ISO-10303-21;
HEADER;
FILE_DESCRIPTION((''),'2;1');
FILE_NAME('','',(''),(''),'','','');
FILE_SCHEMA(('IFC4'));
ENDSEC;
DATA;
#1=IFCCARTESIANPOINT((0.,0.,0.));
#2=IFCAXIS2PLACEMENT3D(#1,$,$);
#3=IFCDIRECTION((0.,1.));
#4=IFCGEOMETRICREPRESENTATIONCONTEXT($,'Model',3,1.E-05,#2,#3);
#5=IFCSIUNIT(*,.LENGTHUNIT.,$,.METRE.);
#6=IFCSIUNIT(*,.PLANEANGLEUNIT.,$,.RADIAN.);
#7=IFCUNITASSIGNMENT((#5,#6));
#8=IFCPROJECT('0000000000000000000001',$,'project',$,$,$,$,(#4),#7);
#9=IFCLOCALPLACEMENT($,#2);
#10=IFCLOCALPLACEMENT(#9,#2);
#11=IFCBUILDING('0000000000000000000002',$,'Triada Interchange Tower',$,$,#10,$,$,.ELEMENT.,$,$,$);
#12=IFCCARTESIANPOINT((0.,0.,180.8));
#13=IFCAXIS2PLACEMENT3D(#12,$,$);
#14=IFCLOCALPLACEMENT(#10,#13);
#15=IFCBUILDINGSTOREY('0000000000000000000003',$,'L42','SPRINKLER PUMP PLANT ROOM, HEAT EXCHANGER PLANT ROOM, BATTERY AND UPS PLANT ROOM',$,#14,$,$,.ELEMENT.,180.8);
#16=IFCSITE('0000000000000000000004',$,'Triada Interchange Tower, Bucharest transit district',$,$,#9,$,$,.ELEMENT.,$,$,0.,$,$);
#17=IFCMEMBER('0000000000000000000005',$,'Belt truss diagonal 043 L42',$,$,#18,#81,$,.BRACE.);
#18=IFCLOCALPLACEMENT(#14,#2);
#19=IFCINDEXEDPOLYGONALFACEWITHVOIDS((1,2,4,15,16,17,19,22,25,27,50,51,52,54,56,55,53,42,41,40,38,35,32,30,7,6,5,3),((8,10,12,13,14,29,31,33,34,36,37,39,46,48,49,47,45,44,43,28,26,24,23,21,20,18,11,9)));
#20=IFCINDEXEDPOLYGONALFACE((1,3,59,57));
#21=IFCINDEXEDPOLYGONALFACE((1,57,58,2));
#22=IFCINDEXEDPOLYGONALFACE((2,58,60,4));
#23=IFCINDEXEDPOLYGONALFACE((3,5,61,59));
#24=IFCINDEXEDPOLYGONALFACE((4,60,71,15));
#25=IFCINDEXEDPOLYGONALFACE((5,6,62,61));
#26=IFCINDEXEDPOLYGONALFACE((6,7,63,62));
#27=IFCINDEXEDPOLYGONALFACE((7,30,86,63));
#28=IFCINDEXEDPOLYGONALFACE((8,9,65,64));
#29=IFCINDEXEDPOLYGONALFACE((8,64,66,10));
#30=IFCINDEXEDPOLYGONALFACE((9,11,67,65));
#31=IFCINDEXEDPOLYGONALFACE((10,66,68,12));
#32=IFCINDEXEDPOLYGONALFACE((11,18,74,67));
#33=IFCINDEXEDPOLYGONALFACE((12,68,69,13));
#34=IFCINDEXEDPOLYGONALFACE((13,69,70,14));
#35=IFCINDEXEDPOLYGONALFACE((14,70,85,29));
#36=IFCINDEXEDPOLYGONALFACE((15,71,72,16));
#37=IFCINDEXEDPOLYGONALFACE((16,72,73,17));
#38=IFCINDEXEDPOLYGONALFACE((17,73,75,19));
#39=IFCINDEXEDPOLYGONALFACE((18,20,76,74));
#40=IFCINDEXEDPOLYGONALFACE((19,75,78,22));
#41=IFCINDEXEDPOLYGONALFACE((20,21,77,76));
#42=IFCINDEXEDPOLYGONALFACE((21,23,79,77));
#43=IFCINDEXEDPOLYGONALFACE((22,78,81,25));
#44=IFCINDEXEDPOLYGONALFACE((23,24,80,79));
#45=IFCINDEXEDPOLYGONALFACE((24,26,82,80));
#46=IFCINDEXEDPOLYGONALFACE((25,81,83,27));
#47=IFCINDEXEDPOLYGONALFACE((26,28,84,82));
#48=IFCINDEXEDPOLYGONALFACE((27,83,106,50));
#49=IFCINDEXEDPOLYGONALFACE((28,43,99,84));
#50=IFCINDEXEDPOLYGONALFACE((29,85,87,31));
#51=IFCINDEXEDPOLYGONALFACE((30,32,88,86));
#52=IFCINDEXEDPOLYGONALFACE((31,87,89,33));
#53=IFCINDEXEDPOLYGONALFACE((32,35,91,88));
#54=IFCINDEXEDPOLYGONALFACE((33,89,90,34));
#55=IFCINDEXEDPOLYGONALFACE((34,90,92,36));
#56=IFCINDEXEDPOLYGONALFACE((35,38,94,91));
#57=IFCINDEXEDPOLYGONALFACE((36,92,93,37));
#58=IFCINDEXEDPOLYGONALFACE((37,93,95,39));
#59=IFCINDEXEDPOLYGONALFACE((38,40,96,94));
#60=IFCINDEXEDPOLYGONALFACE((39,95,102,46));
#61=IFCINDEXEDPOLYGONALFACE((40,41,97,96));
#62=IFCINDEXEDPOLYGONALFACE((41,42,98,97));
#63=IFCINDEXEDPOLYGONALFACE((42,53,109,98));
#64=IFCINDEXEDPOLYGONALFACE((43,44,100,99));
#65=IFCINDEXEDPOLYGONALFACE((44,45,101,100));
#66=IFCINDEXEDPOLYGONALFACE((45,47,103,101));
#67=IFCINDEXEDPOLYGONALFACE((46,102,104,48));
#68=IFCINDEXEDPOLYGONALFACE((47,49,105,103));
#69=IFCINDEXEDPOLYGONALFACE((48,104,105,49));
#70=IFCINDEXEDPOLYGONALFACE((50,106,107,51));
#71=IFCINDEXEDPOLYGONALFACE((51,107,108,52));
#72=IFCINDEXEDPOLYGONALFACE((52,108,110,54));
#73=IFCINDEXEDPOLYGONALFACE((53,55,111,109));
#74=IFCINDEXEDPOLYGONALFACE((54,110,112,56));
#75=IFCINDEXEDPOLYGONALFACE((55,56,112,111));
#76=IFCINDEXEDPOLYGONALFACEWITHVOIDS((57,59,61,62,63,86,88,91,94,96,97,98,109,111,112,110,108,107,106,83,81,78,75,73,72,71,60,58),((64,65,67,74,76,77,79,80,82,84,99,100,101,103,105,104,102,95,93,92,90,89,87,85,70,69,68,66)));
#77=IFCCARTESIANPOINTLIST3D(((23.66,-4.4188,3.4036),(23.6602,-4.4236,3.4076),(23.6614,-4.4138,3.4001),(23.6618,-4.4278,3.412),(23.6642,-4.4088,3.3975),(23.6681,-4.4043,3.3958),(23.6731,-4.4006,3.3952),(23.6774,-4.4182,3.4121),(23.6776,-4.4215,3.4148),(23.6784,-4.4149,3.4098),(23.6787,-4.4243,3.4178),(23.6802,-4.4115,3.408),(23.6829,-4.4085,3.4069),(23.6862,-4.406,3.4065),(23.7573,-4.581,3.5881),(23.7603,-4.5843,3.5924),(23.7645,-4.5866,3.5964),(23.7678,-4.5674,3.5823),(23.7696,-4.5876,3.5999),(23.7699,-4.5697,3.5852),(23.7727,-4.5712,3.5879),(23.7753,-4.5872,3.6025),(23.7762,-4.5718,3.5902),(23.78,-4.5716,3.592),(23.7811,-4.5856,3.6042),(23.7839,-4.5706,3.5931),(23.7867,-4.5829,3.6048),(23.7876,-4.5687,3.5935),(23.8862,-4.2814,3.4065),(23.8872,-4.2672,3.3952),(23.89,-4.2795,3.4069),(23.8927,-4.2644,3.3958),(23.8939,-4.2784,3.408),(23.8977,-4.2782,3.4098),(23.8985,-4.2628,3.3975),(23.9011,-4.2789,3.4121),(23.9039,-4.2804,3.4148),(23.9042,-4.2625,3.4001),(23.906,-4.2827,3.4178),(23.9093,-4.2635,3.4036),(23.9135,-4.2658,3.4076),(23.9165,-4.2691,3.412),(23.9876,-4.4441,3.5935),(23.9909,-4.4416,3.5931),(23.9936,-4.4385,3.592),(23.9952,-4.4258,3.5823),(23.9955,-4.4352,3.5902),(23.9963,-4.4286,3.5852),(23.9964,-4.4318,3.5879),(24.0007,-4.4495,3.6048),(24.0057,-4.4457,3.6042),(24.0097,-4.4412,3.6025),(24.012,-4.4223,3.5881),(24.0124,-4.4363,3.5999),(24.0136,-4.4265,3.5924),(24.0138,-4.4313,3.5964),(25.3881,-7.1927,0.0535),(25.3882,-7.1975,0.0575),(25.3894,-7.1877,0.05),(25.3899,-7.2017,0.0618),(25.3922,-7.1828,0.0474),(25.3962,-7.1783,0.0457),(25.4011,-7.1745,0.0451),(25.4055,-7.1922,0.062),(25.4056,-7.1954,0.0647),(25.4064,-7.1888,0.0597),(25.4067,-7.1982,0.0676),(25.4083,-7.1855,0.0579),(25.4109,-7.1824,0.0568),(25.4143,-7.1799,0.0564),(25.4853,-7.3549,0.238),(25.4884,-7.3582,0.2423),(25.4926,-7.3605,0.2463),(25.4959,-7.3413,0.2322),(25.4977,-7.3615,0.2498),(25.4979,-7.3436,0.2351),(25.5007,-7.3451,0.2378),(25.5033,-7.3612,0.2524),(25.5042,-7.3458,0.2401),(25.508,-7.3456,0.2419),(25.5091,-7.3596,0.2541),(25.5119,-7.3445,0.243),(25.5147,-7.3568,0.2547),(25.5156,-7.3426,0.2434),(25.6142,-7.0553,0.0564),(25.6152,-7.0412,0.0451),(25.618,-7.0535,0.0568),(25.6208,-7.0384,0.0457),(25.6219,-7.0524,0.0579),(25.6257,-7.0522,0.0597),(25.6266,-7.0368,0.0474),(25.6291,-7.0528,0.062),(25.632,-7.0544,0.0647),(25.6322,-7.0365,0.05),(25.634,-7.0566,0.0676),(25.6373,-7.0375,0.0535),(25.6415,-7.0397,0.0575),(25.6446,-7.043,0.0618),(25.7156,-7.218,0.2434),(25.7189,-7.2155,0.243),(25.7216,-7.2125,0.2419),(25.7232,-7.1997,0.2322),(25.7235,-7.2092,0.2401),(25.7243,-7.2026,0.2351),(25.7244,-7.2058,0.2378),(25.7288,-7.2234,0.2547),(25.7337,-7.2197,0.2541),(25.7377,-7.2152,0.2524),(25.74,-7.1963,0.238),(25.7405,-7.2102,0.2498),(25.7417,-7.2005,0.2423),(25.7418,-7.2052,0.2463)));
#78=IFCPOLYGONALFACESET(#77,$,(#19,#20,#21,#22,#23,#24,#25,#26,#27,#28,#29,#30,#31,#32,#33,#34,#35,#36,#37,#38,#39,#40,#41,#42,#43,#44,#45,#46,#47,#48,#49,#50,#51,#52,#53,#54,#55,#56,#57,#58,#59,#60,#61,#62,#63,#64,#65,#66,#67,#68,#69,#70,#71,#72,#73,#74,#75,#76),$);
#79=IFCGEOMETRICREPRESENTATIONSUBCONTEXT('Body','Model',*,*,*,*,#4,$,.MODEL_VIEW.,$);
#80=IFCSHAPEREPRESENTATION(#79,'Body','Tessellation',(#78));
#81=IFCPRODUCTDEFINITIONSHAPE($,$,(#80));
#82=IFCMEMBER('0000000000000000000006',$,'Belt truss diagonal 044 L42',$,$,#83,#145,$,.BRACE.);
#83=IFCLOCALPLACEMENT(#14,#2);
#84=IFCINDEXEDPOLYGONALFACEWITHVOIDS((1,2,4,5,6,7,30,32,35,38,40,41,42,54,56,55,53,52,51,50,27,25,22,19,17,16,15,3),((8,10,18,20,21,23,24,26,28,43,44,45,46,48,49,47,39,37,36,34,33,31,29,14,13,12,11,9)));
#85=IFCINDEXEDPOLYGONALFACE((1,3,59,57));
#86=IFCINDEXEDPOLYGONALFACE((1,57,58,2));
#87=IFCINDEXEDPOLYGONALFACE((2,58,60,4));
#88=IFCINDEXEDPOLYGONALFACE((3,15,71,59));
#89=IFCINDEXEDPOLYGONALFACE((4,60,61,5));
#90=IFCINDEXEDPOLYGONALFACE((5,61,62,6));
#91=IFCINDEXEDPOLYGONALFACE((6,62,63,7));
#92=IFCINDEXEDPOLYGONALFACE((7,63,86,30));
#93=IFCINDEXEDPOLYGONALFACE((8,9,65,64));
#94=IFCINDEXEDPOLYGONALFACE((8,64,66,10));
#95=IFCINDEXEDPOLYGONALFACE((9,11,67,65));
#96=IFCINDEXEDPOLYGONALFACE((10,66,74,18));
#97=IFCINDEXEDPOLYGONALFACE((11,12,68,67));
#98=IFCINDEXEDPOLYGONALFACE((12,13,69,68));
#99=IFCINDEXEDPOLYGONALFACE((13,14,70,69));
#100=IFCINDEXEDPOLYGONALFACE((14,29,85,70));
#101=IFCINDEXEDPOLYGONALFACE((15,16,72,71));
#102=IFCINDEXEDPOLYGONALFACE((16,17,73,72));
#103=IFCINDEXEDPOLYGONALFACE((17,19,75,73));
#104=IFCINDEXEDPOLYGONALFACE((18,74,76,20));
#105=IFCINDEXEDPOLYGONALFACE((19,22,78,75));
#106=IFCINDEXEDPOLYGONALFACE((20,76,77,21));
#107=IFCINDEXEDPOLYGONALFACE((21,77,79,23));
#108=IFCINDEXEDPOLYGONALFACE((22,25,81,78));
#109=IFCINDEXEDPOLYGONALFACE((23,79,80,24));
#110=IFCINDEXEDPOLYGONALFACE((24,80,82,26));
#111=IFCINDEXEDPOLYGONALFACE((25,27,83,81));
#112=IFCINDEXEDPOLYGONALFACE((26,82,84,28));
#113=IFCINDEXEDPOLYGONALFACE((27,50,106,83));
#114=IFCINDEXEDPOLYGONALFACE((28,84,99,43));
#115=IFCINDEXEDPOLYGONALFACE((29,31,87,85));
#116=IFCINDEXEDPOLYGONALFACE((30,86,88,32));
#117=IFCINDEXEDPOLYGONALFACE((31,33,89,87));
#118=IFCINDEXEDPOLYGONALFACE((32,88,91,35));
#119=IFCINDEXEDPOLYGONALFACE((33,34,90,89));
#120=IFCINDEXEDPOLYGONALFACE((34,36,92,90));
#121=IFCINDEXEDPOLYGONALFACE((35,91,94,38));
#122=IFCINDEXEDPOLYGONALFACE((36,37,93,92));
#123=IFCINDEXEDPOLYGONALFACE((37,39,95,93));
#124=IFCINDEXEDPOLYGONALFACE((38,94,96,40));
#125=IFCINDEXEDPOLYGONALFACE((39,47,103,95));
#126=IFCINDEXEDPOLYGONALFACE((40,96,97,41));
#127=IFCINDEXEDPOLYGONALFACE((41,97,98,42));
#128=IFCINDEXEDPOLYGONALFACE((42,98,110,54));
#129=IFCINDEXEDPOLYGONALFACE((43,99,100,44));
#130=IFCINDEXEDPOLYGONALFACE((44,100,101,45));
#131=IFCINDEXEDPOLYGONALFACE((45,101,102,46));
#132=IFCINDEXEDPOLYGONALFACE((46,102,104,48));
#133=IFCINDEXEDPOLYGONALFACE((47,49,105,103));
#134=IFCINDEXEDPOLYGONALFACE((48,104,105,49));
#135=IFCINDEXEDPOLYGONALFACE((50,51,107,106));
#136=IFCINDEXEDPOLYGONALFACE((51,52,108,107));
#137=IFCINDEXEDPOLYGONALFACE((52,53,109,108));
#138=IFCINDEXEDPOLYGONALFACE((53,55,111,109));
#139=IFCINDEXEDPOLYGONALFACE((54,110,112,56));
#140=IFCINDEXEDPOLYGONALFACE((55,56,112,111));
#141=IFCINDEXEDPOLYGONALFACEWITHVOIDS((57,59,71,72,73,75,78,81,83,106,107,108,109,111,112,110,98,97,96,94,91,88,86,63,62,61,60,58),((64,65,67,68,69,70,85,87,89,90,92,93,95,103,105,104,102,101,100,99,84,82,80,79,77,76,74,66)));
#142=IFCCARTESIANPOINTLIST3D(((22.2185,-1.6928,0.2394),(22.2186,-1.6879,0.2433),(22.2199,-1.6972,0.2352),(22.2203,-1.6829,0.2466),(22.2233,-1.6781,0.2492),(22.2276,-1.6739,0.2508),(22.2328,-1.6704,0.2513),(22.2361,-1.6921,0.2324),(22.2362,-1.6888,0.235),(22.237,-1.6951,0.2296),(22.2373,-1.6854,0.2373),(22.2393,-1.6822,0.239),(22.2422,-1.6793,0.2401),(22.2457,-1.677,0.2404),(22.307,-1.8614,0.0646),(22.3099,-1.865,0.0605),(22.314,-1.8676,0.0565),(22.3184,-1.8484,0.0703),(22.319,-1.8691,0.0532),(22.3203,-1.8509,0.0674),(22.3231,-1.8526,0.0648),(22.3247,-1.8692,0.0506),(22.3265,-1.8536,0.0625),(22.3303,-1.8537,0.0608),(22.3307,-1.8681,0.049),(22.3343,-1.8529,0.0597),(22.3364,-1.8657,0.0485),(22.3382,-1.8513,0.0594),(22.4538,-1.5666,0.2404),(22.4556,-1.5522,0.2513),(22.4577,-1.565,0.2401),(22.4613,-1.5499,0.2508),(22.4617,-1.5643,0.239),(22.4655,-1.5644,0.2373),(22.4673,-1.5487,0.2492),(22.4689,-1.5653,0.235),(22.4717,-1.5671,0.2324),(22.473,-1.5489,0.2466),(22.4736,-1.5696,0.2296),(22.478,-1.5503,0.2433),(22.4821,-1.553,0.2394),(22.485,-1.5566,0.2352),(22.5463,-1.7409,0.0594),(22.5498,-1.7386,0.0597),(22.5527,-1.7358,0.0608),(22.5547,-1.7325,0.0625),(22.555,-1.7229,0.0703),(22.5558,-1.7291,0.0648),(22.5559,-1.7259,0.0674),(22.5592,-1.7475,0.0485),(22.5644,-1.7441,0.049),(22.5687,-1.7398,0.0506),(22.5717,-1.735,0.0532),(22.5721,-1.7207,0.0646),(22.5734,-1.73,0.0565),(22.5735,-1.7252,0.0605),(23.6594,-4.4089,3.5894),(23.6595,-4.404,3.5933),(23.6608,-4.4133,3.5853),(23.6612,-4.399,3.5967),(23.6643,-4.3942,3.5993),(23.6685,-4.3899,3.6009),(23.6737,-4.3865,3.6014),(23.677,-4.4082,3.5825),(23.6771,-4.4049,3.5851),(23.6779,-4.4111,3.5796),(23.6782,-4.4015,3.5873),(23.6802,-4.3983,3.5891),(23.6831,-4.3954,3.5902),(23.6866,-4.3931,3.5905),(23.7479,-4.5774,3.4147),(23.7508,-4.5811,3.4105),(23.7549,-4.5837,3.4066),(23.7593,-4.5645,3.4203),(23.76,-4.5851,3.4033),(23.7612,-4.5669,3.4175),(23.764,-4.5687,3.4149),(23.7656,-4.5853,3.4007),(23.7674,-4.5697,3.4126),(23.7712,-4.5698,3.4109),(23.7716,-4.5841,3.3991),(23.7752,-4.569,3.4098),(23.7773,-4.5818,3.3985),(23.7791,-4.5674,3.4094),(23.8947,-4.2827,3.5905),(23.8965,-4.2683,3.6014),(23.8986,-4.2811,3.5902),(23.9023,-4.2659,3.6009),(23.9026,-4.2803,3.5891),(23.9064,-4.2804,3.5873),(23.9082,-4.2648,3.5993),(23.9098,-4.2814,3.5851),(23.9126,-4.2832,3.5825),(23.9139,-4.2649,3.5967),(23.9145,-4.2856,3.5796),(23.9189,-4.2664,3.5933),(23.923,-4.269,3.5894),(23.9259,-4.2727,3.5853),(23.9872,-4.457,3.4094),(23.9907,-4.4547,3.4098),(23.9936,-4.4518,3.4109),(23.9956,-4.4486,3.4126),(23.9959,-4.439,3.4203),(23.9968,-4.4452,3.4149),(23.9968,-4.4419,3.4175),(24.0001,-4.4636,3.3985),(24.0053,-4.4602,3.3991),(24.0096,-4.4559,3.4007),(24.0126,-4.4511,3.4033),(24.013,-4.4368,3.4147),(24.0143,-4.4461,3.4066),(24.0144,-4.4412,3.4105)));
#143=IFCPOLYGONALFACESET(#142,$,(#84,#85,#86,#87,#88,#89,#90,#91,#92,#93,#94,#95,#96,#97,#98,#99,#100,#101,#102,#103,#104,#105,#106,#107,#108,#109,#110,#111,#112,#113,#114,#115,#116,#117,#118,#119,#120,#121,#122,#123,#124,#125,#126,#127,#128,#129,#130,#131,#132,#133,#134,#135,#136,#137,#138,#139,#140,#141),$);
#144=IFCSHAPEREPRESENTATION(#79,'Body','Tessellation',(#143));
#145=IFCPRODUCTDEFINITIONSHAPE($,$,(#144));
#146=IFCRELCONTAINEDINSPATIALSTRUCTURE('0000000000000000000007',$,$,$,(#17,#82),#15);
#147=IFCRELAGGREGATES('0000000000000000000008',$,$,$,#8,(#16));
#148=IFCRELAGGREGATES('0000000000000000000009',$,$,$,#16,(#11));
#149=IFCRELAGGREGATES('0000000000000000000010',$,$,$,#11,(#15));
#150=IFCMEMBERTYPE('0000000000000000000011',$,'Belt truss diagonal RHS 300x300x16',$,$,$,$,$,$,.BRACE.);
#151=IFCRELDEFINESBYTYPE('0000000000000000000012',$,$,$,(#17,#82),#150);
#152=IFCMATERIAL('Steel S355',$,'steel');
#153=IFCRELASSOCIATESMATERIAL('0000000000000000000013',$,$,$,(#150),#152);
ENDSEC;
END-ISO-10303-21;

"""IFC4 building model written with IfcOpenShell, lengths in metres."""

from ifc_helpers import new_model, si_unit, direction, frame, origin, origin_2d, place, context, subcontext, project, spatial, hollow_rectangle, extrude, material, material_profile, profile_set, type_object, element, save


model = new_model("IFC4")

# Units and contexts
model_context = context("Model", 3, precision=1e-05, world=origin(), true_north=direction((0.0, 1.0)))
body_context = subcontext(model_context, "Body", "Model", "MODEL_VIEW")
ifc_project = project(units=[si_unit("LENGTHUNIT", "METRE"), si_unit("PLANEANGLEUNIT", "RADIAN")], contexts=[model_context])

# Site, building, storey
site_placement = place(None, origin())
site = spatial("IfcSite", under=ifc_project, at=site_placement, Name="Triada Interchange Tower, Bucharest transit district", CompositionType="ELEMENT", RefElevation=0.0)
building_placement = place(site_placement, origin())
building = spatial("IfcBuilding", under=site, at=building_placement, Name="Triada Interchange Tower", CompositionType="ELEMENT")
storey_placement = place(building_placement, frame((0.0, 0.0, 180.8)))
storey = spatial("IfcBuildingStorey", under=building, at=storey_placement, Name="L42", Description="SPRINKLER PUMP PLANT ROOM, HEAT EXCHANGER PLANT ROOM, BATTERY AND UPS PLANT ROOM", CompositionType="ELEMENT", Elevation=180.8)

# Members
ifc_material_1 = material(Name="Steel S355", Category="steel")
ifc_material_profile_1 = material_profile(ifc_material_1, hollow_rectangle(XDim=0.3, YDim=0.3, WallThickness=0.0161, InnerFilletRadius=0.0161, OuterFilletRadius=0.0239, at=origin_2d()), Name="RHS 300x300x16")
ifc_profile_set_1 = profile_set([ifc_material_profile_1], Name="Steel S355")
member_type_1 = type_object("IfcMemberType", Name="Belt truss diagonal RHS 300x300x16", PredefinedType="BRACE", material=ifc_profile_set_1)
member_1_placement = place(storey_placement, frame((25.5649, -7.199, 0.1499), z_axis=(-0.369224, 0.592699, 0.715808), x_axis=(-0.848778, -0.528749, 0.0)))
element("IfcMember", 1, at=member_1_placement, inside=storey, type_object=member_type_1, Name="Belt truss diagonal 043 L42", PredefinedType="BRACE", context=body_context, shape_type="SweptSolid", body=[
    extrude(hollow_rectangle(XDim=0.3, YDim=0.3, WallThickness=0.0161, InnerFilletRadius=0.0161, OuterFilletRadius=0.0239, at=origin_2d()), origin(), (0.0, 0.0, 1.0), 4.6802),
])
member_2_placement = place(storey_placement, frame((22.396, -1.709, 0.1499), z_axis=(0.316885, -0.597314, 0.73675), x_axis=(0.883384, 0.46865, 0.0)))
element("IfcMember", 2, at=member_2_placement, inside=storey, type_object=member_type_1, Name="Belt truss diagonal 044 L42", PredefinedType="BRACE", context=body_context, shape_type="SweptSolid", body=[
    extrude(hollow_rectangle(XDim=0.3, YDim=0.3, WallThickness=0.0161, InnerFilletRadius=0.0161, OuterFilletRadius=0.0239, at=origin_2d()), origin(), (0.0, 0.0, 1.0), 4.5471),
])

save(model, "model.ifc")
